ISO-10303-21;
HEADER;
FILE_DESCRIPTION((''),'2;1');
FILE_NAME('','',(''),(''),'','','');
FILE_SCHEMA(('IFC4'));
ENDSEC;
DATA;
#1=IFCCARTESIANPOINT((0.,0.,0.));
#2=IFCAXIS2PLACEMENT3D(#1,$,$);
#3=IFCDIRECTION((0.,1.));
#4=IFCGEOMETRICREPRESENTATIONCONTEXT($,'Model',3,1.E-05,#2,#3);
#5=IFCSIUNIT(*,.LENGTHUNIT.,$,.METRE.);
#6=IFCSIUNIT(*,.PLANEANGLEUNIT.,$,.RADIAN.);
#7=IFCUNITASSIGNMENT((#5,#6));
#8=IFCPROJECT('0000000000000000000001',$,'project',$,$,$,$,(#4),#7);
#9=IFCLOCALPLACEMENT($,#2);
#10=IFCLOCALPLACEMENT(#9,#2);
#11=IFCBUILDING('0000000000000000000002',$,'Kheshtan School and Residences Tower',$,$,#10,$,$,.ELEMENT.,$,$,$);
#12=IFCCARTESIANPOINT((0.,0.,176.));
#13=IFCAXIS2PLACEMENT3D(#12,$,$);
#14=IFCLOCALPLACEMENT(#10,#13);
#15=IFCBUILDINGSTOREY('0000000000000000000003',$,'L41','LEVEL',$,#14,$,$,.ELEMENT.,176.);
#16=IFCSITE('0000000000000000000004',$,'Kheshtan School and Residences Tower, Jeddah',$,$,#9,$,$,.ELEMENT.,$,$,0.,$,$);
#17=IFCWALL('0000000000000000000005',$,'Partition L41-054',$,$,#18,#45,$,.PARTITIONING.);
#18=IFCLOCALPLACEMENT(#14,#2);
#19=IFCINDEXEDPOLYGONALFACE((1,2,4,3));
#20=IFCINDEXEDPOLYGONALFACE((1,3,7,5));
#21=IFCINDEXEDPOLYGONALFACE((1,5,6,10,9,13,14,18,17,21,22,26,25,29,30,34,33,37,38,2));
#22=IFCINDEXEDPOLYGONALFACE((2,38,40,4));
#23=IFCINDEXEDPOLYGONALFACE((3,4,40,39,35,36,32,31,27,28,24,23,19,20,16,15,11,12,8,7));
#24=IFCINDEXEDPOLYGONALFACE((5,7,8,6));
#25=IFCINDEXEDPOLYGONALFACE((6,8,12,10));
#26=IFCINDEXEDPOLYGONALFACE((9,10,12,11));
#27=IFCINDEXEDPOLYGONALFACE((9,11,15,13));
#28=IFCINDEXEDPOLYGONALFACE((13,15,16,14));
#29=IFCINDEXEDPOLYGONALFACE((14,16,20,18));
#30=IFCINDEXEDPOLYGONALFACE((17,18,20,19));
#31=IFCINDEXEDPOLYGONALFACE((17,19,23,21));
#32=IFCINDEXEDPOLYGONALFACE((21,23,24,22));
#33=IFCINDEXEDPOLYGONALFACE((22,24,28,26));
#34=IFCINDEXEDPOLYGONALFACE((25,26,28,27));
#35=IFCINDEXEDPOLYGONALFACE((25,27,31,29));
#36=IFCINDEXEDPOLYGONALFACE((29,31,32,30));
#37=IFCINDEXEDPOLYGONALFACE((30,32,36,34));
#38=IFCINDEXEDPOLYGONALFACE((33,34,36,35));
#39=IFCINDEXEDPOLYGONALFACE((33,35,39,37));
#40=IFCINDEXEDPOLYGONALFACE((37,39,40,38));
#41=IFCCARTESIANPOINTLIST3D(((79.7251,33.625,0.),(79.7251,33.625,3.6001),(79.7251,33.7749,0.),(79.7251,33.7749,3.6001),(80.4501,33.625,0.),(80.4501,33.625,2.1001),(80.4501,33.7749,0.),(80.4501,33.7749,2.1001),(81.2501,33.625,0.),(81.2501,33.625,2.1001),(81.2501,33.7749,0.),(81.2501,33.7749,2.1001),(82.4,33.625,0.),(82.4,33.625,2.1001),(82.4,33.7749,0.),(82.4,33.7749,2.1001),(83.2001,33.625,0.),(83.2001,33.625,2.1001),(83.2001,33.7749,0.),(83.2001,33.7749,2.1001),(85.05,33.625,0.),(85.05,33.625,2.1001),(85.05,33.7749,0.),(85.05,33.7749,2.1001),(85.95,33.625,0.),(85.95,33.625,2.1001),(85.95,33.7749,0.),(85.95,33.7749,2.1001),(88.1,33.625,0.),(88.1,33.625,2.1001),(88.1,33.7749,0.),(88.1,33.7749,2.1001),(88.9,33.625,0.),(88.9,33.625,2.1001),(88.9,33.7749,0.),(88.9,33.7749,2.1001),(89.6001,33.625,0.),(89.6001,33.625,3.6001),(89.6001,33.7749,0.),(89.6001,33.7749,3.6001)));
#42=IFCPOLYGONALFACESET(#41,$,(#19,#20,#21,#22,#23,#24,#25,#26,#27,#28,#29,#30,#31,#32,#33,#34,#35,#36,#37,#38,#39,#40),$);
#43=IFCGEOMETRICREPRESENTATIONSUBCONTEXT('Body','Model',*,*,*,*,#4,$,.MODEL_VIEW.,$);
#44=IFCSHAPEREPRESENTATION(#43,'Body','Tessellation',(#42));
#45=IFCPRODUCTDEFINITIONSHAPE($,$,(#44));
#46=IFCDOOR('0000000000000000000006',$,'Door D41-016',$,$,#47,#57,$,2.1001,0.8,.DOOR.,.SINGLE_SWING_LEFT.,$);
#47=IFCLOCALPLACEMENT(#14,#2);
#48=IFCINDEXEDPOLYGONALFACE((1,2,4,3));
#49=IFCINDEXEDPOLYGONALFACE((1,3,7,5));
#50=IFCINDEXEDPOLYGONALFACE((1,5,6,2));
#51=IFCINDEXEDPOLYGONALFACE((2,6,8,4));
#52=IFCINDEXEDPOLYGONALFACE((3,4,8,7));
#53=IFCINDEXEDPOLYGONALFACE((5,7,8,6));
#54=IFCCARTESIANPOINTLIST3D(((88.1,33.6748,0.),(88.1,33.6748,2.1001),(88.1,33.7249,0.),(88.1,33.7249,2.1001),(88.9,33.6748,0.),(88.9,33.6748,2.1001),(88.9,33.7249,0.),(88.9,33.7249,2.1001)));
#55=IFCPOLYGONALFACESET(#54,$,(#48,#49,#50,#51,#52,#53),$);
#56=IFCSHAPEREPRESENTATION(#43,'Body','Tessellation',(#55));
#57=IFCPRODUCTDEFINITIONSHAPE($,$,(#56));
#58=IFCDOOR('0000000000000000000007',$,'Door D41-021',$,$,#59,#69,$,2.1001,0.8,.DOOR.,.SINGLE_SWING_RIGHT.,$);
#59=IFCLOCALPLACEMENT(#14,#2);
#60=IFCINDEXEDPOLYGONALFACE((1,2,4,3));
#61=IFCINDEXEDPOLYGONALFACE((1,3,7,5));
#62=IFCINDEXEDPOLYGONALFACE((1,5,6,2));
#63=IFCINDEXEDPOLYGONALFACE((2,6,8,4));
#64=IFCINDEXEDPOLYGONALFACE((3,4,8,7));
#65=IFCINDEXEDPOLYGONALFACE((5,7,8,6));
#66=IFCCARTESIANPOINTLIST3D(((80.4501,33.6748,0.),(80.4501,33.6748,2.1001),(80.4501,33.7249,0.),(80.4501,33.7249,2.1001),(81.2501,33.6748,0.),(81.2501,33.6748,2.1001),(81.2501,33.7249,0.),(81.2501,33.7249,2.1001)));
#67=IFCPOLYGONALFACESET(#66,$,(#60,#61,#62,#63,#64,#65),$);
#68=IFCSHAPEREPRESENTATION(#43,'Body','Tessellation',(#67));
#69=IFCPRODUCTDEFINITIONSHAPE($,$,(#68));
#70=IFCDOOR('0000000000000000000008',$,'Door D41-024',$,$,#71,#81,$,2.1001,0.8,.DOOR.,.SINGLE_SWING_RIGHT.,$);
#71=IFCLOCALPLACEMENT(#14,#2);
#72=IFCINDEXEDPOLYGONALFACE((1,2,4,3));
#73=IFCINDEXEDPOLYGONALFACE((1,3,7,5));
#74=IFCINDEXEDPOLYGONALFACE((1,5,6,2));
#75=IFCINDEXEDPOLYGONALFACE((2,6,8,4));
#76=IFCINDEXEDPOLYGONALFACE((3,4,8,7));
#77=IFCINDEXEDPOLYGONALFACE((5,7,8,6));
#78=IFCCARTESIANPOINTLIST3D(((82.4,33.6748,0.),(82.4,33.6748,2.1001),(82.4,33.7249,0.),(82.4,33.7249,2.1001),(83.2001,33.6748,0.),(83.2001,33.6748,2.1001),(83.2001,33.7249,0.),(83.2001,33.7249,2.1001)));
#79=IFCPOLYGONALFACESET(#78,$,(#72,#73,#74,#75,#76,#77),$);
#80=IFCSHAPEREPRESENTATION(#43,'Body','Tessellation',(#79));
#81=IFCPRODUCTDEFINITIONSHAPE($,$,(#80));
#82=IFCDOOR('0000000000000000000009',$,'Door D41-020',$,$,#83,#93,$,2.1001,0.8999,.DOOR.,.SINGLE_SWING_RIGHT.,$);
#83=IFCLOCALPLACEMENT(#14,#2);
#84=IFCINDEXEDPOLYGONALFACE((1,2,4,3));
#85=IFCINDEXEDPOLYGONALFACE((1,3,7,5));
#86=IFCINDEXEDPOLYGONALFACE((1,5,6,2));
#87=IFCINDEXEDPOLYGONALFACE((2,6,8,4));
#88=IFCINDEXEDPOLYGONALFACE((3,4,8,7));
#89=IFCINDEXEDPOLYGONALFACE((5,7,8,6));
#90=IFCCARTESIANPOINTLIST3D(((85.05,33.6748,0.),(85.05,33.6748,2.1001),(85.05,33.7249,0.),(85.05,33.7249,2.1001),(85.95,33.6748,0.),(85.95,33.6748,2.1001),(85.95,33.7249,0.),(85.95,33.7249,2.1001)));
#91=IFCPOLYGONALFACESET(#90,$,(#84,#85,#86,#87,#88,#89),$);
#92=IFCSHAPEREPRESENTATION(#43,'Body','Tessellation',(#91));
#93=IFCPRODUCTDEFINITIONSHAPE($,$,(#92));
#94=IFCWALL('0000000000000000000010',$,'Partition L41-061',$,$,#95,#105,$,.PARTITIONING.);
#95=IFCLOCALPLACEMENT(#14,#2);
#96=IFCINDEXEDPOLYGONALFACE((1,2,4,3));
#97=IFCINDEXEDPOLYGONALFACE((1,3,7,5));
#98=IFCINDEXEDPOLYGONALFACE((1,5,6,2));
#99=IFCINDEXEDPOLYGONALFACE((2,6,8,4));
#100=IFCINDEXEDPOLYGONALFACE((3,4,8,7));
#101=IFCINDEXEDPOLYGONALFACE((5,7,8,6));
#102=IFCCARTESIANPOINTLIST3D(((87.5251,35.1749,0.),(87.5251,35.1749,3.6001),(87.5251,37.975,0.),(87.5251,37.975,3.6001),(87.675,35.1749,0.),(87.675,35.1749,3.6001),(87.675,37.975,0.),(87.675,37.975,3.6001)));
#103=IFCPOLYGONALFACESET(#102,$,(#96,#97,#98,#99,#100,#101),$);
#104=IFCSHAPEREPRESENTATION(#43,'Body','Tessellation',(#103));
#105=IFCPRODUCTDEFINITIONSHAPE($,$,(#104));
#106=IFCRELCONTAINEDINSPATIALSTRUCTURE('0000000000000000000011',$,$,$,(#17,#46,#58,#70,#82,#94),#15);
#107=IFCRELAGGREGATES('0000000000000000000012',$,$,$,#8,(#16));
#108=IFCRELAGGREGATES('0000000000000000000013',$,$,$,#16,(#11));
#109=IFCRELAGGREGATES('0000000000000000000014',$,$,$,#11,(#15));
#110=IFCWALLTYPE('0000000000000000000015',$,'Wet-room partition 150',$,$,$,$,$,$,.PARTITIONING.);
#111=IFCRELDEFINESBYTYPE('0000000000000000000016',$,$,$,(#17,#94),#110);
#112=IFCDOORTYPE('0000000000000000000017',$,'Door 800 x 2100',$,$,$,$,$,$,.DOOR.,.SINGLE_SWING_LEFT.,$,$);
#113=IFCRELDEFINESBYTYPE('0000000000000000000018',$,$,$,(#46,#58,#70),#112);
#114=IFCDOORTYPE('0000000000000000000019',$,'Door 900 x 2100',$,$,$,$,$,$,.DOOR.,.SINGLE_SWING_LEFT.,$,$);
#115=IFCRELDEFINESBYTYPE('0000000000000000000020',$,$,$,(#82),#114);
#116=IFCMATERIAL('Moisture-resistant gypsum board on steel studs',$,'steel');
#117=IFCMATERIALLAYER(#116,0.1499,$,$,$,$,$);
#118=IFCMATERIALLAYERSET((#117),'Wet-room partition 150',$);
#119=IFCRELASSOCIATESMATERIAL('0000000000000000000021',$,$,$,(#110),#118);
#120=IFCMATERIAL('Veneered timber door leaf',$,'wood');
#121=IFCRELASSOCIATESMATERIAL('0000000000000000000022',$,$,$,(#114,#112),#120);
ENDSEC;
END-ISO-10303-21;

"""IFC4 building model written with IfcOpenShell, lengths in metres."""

from ifc_helpers import new_model, si_unit, direction, frame, frame_2d, origin, place, context, subcontext, project, spatial, rectangle, extrude, source, transform, mapped, material, layer, layer_set, type_object, element, fill, save


model = new_model("IFC4")

# Units and contexts
model_context = context("Model", 3, precision=1e-05, world=origin(), true_north=direction((0.0, 1.0)))
body_context = subcontext(model_context, "Body", "Model", "MODEL_VIEW")
ifc_project = project(units=[si_unit("LENGTHUNIT", "METRE"), si_unit("PLANEANGLEUNIT", "RADIAN")], contexts=[model_context])

# Site, building, storey
site_placement = place(None, origin())
site = spatial("IfcSite", under=ifc_project, at=site_placement, Name="Kheshtan School and Residences Tower, Jeddah", CompositionType="ELEMENT", RefElevation=0.0)
building_placement = place(site_placement, origin())
building = spatial("IfcBuilding", under=site, at=building_placement, Name="Kheshtan School and Residences Tower", CompositionType="ELEMENT")
storey_placement = place(building_placement, frame((0.0, 0.0, 176.0)))
storey = spatial("IfcBuildingStorey", under=building, at=storey_placement, Name="L41", Description="LEVEL", CompositionType="ELEMENT", Elevation=176.0)

# Wall, openings, doors
ifc_material_1 = material(Name="Moisture-resistant gypsum board on steel studs", Category="steel")
ifc_layer_1 = layer(ifc_material_1, 0.1499)
ifc_layer_set_1 = layer_set([ifc_layer_1], Name="Wet-room partition 150")
wall_type_1 = type_object("IfcWallType", Name="Wet-room partition 150", PredefinedType="PARTITIONING", material=ifc_layer_set_1)
ifc_material_2 = material(Name="Veneered timber door leaf", Category="wood")
door_type_1 = type_object("IfcDoorType", Name="Door 900 x 2100", OperationType="SINGLE_SWING_LEFT", PredefinedType="DOOR", material=ifc_material_2)
shared_shape_1 = source(origin(), body_context, "Body", "SweptSolid", [
    extrude(rectangle(XDim=0.8999, YDim=2.1001, at=frame_2d((0.45, 1.05))), frame((0.0, 0.0249, 0.0), z_axis=(0.0, -1.0, 0.0), x_axis=(1.0, 0.0, 0.0)), (0.0, 0.0, 1.0), 0.05),
])
wall_1_placement = place(storey_placement, frame((79.7251, 33.7, 0.0), z_axis=(0.0, 0.0, 1.0), x_axis=(1.0, 0.0, 0.0)))
wall_1 = element("IfcWall", 1, at=wall_1_placement, inside=storey, type_object=wall_type_1, Name="Partition L41-054", PredefinedType="PARTITIONING", context=body_context, shape_type="SweptSolid", body=[
    extrude(rectangle(XDim=9.875, YDim=0.1499, at=frame_2d((4.9375, 0.0))), origin(), (0.0, 0.0, 1.0), 3.6001),
])
opening_1_placement = place(wall_1_placement, frame((8.375, 0.0, 0.0)))
opening_1 = element("IfcOpeningElement", 2, at=opening_1_placement, cuts=wall_1, PredefinedType="OPENING", context=body_context, shape_type="SweptSolid", body=[
    extrude(rectangle(XDim=0.8, YDim=2.1001, at=frame_2d((0.3999, 1.05))), frame((0.0, 0.085, 0.0), z_axis=(0.0, -1.0, 0.0), x_axis=(1.0, 0.0, 0.0)), (0.0, 0.0, 1.0), 0.1699),
])
opening_2_placement = place(wall_1_placement, frame((5.325, 0.0, 0.0)))
opening_2 = element("IfcOpeningElement", 3, at=opening_2_placement, cuts=wall_1, PredefinedType="OPENING", context=body_context, shape_type="SweptSolid", body=[
    extrude(rectangle(XDim=0.8999, YDim=2.1001, at=frame_2d((0.45, 1.05))), frame((0.0, 0.085, 0.0), z_axis=(0.0, -1.0, 0.0), x_axis=(1.0, 0.0, 0.0)), (0.0, 0.0, 1.0), 0.1699),
])
opening_3_placement = place(wall_1_placement, frame((0.7251, 0.0, 0.0)))
opening_3 = element("IfcOpeningElement", 4, at=opening_3_placement, cuts=wall_1, PredefinedType="OPENING", context=body_context, shape_type="SweptSolid", body=[
    extrude(rectangle(XDim=0.8, YDim=2.1001, at=frame_2d((0.3999, 1.05))), frame((0.0, 0.085, 0.0), z_axis=(0.0, -1.0, 0.0), x_axis=(1.0, 0.0, 0.0)), (0.0, 0.0, 1.0), 0.1699),
])
opening_4_placement = place(wall_1_placement, frame((2.675, 0.0, 0.0)))
opening_4 = element("IfcOpeningElement", 5, at=opening_4_placement, cuts=wall_1, PredefinedType="OPENING", context=body_context, shape_type="SweptSolid", body=[
    extrude(rectangle(XDim=0.8, YDim=2.1001, at=frame_2d((0.3999, 1.05))), frame((0.0, 0.085, 0.0), z_axis=(0.0, -1.0, 0.0), x_axis=(1.0, 0.0, 0.0)), (0.0, 0.0, 1.0), 0.1699),
])
door_type_2 = type_object("IfcDoorType", Name="Door 800 x 2100", OperationType="SINGLE_SWING_LEFT", PredefinedType="DOOR", material=ifc_material_2)
shared_shape_2 = source(origin(), body_context, "Body", "SweptSolid", [
    extrude(rectangle(XDim=0.8, YDim=2.1001, at=frame_2d((0.3999, 1.05))), frame((0.0, 0.0249, 0.0), z_axis=(0.0, -1.0, 0.0), x_axis=(1.0, 0.0, 0.0)), (0.0, 0.0, 1.0), 0.05),
])
door_1_placement = place(opening_1_placement, origin())
door_1 = element("IfcDoor", 6, at=door_1_placement, inside=storey, type_object=door_type_2, Name="Door D41-016", OperationType="SINGLE_SWING_LEFT", OverallHeight=2.1001, OverallWidth=0.8, PredefinedType="DOOR", context=body_context, shape_type="MappedRepresentation", body=[
    mapped(shared_shape_2, transform((0.0, 0.0, 0.0), x_axis=(1.0, 0.0, 0.0), y_axis=(0.0, 1.0, 0.0), z_axis=(0.0, 0.0, 1.0), scale=1.0)),
])
fill(opening_1, door_1)
door_2_placement = place(opening_3_placement, origin())
door_2 = element("IfcDoor", 7, at=door_2_placement, inside=storey, type_object=door_type_2, Name="Door D41-021", OperationType="SINGLE_SWING_RIGHT", OverallHeight=2.1001, OverallWidth=0.8, PredefinedType="DOOR", context=body_context, shape_type="MappedRepresentation", body=[
    mapped(shared_shape_2, transform((0.0, 0.0, 0.0), x_axis=(1.0, 0.0, 0.0), y_axis=(0.0, 1.0, 0.0), z_axis=(0.0, 0.0, 1.0), scale=1.0)),
])
fill(opening_3, door_2)
door_3_placement = place(opening_4_placement, origin())
door_3 = element("IfcDoor", 8, at=door_3_placement, inside=storey, type_object=door_type_2, Name="Door D41-024", OperationType="SINGLE_SWING_RIGHT", OverallHeight=2.1001, OverallWidth=0.8, PredefinedType="DOOR", context=body_context, shape_type="MappedRepresentation", body=[
    mapped(shared_shape_2, transform((0.0, 0.0, 0.0), x_axis=(1.0, 0.0, 0.0), y_axis=(0.0, 1.0, 0.0), z_axis=(0.0, 0.0, 1.0), scale=1.0)),
])
fill(opening_4, door_3)
door_4_placement = place(opening_2_placement, origin())
door_4 = element("IfcDoor", 9, at=door_4_placement, inside=storey, type_object=door_type_1, Name="Door D41-020", OperationType="SINGLE_SWING_RIGHT", OverallHeight=2.1001, OverallWidth=0.8999, PredefinedType="DOOR", context=body_context, shape_type="MappedRepresentation", body=[
    mapped(shared_shape_1, transform((0.0, 0.0, 0.0), x_axis=(1.0, 0.0, 0.0), y_axis=(0.0, 1.0, 0.0), z_axis=(0.0, 0.0, 1.0), scale=1.0)),
])
fill(opening_2, door_4)

# Wall
wall_2_placement = place(storey_placement, frame((87.6001, 35.175, 0.0), z_axis=(0.0, 0.0, 1.0), x_axis=(0.0, 1.0, 0.0)))
element("IfcWall", 10, at=wall_2_placement, inside=storey, type_object=wall_type_1, Name="Partition L41-061", PredefinedType="PARTITIONING", context=body_context, shape_type="SweptSolid", body=[
    extrude(rectangle(XDim=2.8, YDim=0.1499, at=frame_2d((1.3999, 0.0))), origin(), (0.0, 0.0, 1.0), 3.6001),
])

save(model, "model.ifc")
